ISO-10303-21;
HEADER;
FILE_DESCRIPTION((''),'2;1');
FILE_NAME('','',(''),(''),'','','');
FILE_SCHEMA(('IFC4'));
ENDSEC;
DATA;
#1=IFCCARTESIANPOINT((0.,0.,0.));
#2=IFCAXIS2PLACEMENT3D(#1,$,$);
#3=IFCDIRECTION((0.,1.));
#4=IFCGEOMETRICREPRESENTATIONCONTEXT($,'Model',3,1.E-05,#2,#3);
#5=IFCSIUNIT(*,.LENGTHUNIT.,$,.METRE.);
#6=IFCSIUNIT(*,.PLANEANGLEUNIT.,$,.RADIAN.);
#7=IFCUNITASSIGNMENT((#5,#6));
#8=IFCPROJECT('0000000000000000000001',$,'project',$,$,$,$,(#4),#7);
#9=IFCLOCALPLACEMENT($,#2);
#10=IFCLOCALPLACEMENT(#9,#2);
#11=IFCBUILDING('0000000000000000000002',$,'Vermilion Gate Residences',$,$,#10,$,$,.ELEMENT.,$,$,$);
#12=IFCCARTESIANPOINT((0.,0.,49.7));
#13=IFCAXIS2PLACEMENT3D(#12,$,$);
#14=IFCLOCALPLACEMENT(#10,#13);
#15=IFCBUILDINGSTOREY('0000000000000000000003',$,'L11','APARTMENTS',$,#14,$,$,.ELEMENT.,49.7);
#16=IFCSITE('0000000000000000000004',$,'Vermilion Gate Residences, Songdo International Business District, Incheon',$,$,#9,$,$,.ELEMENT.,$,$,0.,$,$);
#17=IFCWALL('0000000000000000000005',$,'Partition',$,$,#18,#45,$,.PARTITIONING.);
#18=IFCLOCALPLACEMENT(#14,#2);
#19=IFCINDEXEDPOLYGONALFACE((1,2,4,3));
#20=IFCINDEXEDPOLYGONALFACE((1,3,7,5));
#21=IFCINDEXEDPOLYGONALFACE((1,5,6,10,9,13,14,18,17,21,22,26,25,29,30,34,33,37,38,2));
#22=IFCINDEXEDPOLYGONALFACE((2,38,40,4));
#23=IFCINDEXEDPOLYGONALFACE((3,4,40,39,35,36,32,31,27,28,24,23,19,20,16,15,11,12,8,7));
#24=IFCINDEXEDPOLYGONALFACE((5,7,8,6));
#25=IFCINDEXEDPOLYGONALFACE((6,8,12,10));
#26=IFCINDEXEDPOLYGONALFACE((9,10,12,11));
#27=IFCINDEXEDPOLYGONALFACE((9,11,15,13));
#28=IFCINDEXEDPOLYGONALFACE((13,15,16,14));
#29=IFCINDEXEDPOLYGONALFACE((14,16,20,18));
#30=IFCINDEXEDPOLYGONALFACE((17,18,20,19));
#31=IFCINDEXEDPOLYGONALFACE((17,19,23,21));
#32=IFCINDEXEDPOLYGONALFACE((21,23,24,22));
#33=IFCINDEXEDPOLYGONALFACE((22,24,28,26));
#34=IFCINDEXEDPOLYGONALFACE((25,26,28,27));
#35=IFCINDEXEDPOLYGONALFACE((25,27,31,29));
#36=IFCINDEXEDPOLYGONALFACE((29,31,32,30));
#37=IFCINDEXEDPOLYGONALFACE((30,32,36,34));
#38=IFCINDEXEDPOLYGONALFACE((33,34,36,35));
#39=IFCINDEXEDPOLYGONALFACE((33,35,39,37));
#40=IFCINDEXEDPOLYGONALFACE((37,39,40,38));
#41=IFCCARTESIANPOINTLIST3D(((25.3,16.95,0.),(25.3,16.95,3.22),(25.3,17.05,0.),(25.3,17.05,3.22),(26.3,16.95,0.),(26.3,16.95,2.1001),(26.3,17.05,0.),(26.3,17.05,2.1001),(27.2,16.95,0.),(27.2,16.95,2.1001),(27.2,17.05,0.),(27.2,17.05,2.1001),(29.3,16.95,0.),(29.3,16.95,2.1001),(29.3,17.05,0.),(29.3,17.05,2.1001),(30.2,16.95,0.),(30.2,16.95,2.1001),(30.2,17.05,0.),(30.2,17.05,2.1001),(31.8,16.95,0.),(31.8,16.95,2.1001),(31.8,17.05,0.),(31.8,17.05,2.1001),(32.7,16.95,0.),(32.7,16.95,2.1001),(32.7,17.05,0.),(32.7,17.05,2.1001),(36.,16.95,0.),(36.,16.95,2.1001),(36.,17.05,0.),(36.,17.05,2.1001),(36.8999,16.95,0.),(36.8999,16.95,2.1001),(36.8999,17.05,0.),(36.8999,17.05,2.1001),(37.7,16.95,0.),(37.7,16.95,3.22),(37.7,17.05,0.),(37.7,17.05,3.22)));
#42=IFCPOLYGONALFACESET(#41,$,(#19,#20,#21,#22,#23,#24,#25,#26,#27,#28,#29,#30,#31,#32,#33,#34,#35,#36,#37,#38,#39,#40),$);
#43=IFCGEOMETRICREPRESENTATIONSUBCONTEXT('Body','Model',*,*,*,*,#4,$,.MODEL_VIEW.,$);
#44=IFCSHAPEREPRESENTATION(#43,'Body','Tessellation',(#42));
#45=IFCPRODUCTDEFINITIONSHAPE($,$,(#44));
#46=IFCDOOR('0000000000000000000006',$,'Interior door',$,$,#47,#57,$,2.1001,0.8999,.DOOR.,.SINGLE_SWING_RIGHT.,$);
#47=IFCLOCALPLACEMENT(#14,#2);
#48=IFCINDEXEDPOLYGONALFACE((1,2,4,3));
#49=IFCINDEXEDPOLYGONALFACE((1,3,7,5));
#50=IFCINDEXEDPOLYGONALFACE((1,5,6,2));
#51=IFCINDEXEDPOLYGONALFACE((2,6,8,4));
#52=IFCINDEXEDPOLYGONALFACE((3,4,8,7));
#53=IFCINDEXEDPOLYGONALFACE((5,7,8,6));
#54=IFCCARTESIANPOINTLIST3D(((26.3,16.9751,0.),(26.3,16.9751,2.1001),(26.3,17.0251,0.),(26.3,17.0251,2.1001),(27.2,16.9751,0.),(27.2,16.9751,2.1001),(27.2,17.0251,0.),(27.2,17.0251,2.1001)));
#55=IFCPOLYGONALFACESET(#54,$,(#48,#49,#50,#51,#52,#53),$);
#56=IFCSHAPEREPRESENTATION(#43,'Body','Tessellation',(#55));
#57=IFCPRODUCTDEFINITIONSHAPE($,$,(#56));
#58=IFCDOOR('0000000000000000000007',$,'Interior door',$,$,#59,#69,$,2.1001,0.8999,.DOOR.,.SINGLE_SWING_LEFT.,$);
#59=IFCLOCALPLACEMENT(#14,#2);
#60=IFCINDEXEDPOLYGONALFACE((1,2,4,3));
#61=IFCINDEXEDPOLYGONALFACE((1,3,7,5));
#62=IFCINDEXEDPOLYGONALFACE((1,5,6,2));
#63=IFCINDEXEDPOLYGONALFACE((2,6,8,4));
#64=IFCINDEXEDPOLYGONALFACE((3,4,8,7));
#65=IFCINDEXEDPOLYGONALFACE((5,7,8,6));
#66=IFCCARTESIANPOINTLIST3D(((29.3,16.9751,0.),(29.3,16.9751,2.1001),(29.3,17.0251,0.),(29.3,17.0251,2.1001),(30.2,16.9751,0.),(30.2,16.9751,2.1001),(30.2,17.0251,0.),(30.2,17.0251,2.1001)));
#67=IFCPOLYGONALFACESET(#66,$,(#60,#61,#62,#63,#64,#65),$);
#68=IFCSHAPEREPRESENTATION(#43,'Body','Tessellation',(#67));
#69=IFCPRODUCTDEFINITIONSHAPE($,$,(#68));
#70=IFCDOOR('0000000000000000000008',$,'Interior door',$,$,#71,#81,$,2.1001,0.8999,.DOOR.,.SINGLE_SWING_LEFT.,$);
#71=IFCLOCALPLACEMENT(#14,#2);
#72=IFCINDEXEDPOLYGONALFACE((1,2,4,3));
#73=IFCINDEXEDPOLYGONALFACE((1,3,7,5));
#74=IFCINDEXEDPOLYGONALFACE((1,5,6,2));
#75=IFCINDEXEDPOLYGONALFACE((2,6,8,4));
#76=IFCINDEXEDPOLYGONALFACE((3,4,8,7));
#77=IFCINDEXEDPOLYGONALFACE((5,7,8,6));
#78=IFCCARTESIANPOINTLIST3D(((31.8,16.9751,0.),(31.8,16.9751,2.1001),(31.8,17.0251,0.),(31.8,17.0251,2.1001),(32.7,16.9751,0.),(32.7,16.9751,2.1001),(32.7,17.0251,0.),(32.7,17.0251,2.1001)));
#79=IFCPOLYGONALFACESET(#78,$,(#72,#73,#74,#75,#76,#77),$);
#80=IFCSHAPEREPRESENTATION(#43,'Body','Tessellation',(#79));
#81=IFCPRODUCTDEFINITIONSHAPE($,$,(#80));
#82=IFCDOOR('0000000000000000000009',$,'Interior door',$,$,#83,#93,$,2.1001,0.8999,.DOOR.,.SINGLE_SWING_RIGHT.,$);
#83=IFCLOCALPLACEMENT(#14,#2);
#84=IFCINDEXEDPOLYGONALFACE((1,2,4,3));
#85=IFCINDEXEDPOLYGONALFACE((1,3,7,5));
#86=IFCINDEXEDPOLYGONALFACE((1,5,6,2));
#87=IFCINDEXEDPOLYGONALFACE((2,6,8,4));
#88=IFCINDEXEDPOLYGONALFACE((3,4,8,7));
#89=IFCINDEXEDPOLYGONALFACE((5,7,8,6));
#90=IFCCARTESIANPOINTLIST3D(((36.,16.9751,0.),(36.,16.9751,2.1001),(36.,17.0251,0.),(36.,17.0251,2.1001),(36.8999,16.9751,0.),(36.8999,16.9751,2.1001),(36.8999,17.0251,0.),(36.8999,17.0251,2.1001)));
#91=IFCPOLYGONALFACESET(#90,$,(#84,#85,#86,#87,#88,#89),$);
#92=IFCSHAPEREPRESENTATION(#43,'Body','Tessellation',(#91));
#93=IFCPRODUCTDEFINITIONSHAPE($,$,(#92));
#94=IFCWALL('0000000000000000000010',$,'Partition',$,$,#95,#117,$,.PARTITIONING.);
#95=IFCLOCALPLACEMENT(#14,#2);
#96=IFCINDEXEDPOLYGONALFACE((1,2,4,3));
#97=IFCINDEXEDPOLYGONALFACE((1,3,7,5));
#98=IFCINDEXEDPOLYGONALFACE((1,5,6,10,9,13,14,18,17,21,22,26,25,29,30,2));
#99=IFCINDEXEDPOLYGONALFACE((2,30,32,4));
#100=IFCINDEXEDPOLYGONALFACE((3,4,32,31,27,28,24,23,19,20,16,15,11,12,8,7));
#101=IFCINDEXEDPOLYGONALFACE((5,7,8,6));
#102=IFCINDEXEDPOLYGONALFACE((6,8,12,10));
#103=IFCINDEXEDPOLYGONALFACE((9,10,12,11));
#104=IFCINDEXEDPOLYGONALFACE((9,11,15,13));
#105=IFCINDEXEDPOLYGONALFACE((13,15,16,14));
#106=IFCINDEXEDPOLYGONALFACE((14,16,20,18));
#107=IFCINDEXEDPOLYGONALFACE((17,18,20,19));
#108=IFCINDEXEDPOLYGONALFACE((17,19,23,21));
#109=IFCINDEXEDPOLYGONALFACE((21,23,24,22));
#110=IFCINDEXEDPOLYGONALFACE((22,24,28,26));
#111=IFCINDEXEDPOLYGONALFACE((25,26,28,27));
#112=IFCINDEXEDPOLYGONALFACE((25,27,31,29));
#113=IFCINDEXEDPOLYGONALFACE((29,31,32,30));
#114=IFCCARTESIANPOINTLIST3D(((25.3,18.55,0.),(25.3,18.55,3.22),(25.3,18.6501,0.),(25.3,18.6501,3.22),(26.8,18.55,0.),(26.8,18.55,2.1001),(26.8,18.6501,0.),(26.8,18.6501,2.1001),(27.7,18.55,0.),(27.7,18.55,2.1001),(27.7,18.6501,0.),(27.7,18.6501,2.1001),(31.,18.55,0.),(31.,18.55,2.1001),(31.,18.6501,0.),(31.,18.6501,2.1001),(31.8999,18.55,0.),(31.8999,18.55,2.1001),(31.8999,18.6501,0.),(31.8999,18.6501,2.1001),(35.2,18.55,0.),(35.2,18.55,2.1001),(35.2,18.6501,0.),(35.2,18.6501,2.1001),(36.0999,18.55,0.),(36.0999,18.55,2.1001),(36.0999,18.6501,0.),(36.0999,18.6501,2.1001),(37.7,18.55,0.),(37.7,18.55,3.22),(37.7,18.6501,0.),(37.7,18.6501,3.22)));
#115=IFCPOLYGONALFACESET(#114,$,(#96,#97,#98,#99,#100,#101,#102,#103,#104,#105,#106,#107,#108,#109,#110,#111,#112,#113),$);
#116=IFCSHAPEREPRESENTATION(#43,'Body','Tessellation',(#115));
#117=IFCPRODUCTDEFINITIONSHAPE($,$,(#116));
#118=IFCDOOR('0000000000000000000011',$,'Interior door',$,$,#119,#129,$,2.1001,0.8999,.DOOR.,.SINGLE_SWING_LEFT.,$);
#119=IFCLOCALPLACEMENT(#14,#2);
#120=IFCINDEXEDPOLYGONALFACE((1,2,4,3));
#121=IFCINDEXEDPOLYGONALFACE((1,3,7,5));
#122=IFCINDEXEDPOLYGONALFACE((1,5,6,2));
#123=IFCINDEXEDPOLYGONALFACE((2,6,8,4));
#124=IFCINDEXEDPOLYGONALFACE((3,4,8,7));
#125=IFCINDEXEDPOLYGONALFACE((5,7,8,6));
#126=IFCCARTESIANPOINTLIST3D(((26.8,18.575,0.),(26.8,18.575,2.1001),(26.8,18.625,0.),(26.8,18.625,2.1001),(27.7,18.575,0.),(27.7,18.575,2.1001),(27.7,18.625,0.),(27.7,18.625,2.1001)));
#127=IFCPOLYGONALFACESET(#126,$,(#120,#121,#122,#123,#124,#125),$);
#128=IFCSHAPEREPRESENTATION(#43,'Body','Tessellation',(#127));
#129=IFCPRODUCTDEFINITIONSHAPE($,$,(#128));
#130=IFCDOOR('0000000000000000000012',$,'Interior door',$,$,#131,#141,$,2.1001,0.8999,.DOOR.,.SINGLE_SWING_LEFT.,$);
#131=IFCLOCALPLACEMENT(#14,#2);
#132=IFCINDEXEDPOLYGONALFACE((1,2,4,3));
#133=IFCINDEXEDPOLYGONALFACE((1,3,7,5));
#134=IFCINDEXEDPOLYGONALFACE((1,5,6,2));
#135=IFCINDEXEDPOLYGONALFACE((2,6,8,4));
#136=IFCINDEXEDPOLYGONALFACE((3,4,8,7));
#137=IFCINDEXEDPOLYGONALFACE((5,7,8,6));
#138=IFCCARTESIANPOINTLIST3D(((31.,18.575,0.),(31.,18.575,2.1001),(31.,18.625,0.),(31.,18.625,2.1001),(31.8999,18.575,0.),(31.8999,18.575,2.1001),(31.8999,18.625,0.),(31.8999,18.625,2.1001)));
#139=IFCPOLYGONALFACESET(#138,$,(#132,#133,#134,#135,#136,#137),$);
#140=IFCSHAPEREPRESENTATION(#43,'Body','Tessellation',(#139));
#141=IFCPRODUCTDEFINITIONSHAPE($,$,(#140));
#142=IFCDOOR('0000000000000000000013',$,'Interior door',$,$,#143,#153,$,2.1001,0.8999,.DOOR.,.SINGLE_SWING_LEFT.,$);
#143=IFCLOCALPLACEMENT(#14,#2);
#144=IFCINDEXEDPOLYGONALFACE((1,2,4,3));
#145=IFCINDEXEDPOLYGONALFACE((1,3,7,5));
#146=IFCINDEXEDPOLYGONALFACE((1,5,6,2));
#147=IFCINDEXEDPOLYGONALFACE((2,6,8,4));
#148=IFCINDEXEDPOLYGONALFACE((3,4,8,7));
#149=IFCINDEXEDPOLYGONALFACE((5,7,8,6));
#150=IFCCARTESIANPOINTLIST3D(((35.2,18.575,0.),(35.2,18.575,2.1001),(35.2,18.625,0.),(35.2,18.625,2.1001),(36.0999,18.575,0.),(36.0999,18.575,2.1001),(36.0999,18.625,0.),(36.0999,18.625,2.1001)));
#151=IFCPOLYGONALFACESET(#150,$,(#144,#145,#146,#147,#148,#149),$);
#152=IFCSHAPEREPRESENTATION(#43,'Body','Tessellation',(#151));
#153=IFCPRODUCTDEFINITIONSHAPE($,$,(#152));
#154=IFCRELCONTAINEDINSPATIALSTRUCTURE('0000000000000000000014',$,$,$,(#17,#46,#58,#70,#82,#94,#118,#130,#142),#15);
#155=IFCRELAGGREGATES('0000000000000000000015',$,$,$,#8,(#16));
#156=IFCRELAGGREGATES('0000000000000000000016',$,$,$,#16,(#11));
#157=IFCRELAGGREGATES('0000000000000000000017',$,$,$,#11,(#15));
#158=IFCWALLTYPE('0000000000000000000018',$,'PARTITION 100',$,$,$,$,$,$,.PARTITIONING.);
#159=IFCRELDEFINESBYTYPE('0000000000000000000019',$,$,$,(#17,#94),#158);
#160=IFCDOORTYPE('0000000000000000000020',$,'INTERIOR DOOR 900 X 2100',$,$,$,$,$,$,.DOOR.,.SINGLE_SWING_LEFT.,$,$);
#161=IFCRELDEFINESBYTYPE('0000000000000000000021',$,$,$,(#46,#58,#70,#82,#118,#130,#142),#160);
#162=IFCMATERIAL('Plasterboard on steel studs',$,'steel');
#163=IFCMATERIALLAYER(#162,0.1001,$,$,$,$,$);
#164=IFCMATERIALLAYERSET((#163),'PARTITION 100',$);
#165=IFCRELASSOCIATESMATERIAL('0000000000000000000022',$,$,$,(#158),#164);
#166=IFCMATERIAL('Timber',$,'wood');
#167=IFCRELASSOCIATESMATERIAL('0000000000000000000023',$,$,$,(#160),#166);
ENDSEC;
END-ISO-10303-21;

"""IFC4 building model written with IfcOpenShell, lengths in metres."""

from ifc_helpers import new_model, si_unit, direction, frame, frame_2d, origin, place, context, subcontext, project, spatial, rectangle, extrude, material, layer, layer_set, type_object, element, fill, save


model = new_model("IFC4")

# Units and contexts
model_context = context("Model", 3, precision=1e-05, world=origin(), true_north=direction((0.0, 1.0)))
body_context = subcontext(model_context, "Body", "Model", "MODEL_VIEW")
ifc_project = project(units=[si_unit("LENGTHUNIT", "METRE"), si_unit("PLANEANGLEUNIT", "RADIAN")], contexts=[model_context])

# Site, building, storey
site_placement = place(None, origin())
site = spatial("IfcSite", under=ifc_project, at=site_placement, Name="Vermilion Gate Residences, Songdo International Business District, Incheon", CompositionType="ELEMENT", RefElevation=0.0)
building_placement = place(site_placement, origin())
building = spatial("IfcBuilding", under=site, at=building_placement, Name="Vermilion Gate Residences", CompositionType="ELEMENT")
storey_placement = place(building_placement, frame((0.0, 0.0, 49.7)))
storey = spatial("IfcBuildingStorey", under=building, at=storey_placement, Name="L11", Description="APARTMENTS", CompositionType="ELEMENT", Elevation=49.7)

# Walls, openings, doors
ifc_material_1 = material(Name="Plasterboard on steel studs", Category="steel")
ifc_layer_1 = layer(ifc_material_1, 0.1001)
ifc_layer_set_1 = layer_set([ifc_layer_1], Name="PARTITION 100")
wall_type_1 = type_object("IfcWallType", Name="PARTITION 100", PredefinedType="PARTITIONING", material=ifc_layer_set_1)
wall_1_placement = place(storey_placement, frame((25.3, 17.0, 0.0), z_axis=(0.0, 0.0, 1.0), x_axis=(1.0, 0.0, 0.0)))
wall_1 = element("IfcWall", 1, at=wall_1_placement, inside=storey, type_object=wall_type_1, Name="Partition", PredefinedType="PARTITIONING", context=body_context, shape_type="SweptSolid", body=[
    extrude(rectangle(XDim=12.3999, YDim=0.1001, at=frame_2d((6.2, 0.0))), origin(), (0.0, 0.0, 1.0), 3.22),
])
opening_1_placement = place(wall_1_placement, frame((1.0, 0.0, 0.0)))
opening_1 = element("IfcOpeningElement", 2, at=opening_1_placement, cuts=wall_1, PredefinedType="OPENING", context=body_context, shape_type="SweptSolid", body=[
    extrude(rectangle(XDim=0.8999, YDim=2.1001, at=frame_2d((0.45, 1.05))), frame((0.0, 0.0601, 0.0), z_axis=(0.0, -1.0, 0.0), x_axis=(1.0, 0.0, 0.0)), (0.0, 0.0, 1.0), 0.1201),
])
opening_2_placement = place(wall_1_placement, frame((4.0, 0.0, 0.0)))
opening_2 = element("IfcOpeningElement", 3, at=opening_2_placement, cuts=wall_1, PredefinedType="OPENING", context=body_context, shape_type="SweptSolid", body=[
    extrude(rectangle(XDim=0.8999, YDim=2.1001, at=frame_2d((0.45, 1.05))), frame((0.0, 0.0601, 0.0), z_axis=(0.0, -1.0, 0.0), x_axis=(1.0, 0.0, 0.0)), (0.0, 0.0, 1.0), 0.1201),
])
opening_3_placement = place(wall_1_placement, frame((6.5, 0.0, 0.0)))
opening_3 = element("IfcOpeningElement", 4, at=opening_3_placement, cuts=wall_1, PredefinedType="OPENING", context=body_context, shape_type="SweptSolid", body=[
    extrude(rectangle(XDim=0.8999, YDim=2.1001, at=frame_2d((0.45, 1.05))), frame((0.0, 0.0601, 0.0), z_axis=(0.0, -1.0, 0.0), x_axis=(1.0, 0.0, 0.0)), (0.0, 0.0, 1.0), 0.1201),
])
opening_4_placement = place(wall_1_placement, frame((10.7, 0.0, 0.0)))
opening_4 = element("IfcOpeningElement", 5, at=opening_4_placement, cuts=wall_1, PredefinedType="OPENING", context=body_context, shape_type="SweptSolid", body=[
    extrude(rectangle(XDim=0.8999, YDim=2.1001, at=frame_2d((0.45, 1.05))), frame((0.0, 0.0601, 0.0), z_axis=(0.0, -1.0, 0.0), x_axis=(1.0, 0.0, 0.0)), (0.0, 0.0, 1.0), 0.1201),
])
ifc_material_2 = material(Name="Timber", Category="wood")
door_type_1 = type_object("IfcDoorType", Name="INTERIOR DOOR 900 X 2100", OperationType="SINGLE_SWING_LEFT", PredefinedType="DOOR", material=ifc_material_2)
door_1_placement = place(opening_1_placement, frame((0.8999, 0.0, 0.0), z_axis=(0.0, 0.0, 1.0), x_axis=(-1.0, 0.0, 0.0)))
door_1 = element("IfcDoor", 6, at=door_1_placement, inside=storey, type_object=door_type_1, Name="Interior door", OperationType="SINGLE_SWING_RIGHT", OverallHeight=2.1001, OverallWidth=0.8999, PredefinedType="DOOR", context=body_context, shape_type="SweptSolid", body=[
    extrude(rectangle(XDim=0.8999, YDim=2.1001, at=frame_2d((0.45, 1.05))), frame((0.0, 0.0249, 0.0), z_axis=(0.0, -1.0, 0.0), x_axis=(1.0, 0.0, 0.0)), (0.0, 0.0, 1.0), 0.05),
])
fill(opening_1, door_1)
door_2_placement = place(opening_2_placement, frame((0.8999, 0.0, 0.0), z_axis=(0.0, 0.0, 1.0), x_axis=(-1.0, 0.0, 0.0)))
door_2 = element("IfcDoor", 7, at=door_2_placement, inside=storey, type_object=door_type_1, Name="Interior door", OperationType="SINGLE_SWING_LEFT", OverallHeight=2.1001, OverallWidth=0.8999, PredefinedType="DOOR", context=body_context, shape_type="SweptSolid", body=[
    extrude(rectangle(XDim=0.8999, YDim=2.1001, at=frame_2d((0.45, 1.05))), frame((0.0, 0.0249, 0.0), z_axis=(0.0, -1.0, 0.0), x_axis=(1.0, 0.0, 0.0)), (0.0, 0.0, 1.0), 0.05),
])
fill(opening_2, door_2)
door_3_placement = place(opening_3_placement, frame((0.8999, 0.0, 0.0), z_axis=(0.0, 0.0, 1.0), x_axis=(-1.0, 0.0, 0.0)))
door_3 = element("IfcDoor", 8, at=door_3_placement, inside=storey, type_object=door_type_1, Name="Interior door", OperationType="SINGLE_SWING_LEFT", OverallHeight=2.1001, OverallWidth=0.8999, PredefinedType="DOOR", context=body_context, shape_type="SweptSolid", body=[
    extrude(rectangle(XDim=0.8999, YDim=2.1001, at=frame_2d((0.45, 1.05))), frame((0.0, 0.0249, 0.0), z_axis=(0.0, -1.0, 0.0), x_axis=(1.0, 0.0, 0.0)), (0.0, 0.0, 1.0), 0.05),
])
fill(opening_3, door_3)
door_4_placement = place(opening_4_placement, frame((0.8999, 0.0, 0.0), z_axis=(0.0, 0.0, 1.0), x_axis=(-1.0, 0.0, 0.0)))
door_4 = element("IfcDoor", 9, at=door_4_placement, inside=storey, type_object=door_type_1, Name="Interior door", OperationType="SINGLE_SWING_RIGHT", OverallHeight=2.1001, OverallWidth=0.8999, PredefinedType="DOOR", context=body_context, shape_type="SweptSolid", body=[
    extrude(rectangle(XDim=0.8999, YDim=2.1001, at=frame_2d((0.45, 1.05))), frame((0.0, 0.0249, 0.0), z_axis=(0.0, -1.0, 0.0), x_axis=(1.0, 0.0, 0.0)), (0.0, 0.0, 1.0), 0.05),
])
fill(opening_4, door_4)
wall_2_placement = place(storey_placement, frame((25.3, 18.6001, 0.0), z_axis=(0.0, 0.0, 1.0), x_axis=(1.0, 0.0, 0.0)))
wall_2 = element("IfcWall", 10, at=wall_2_placement, inside=storey, type_object=wall_type_1, Name="Partition", PredefinedType="PARTITIONING", context=body_context, shape_type="SweptSolid", body=[
    extrude(rectangle(XDim=12.3999, YDim=0.1001, at=frame_2d((6.2, 0.0))), origin(), (0.0, 0.0, 1.0), 3.22),
])
opening_5_placement = place(wall_2_placement, frame((1.5, 0.0, 0.0)))
opening_5 = element("IfcOpeningElement", 11, at=opening_5_placement, cuts=wall_2, PredefinedType="OPENING", context=body_context, shape_type="SweptSolid", body=[
    extrude(rectangle(XDim=0.8999, YDim=2.1001, at=frame_2d((0.45, 1.05))), frame((0.0, 0.0601, 0.0), z_axis=(0.0, -1.0, 0.0), x_axis=(1.0, 0.0, 0.0)), (0.0, 0.0, 1.0), 0.1201),
])
opening_6_placement = place(wall_2_placement, frame((5.7, 0.0, 0.0)))
opening_6 = element("IfcOpeningElement", 12, at=opening_6_placement, cuts=wall_2, PredefinedType="OPENING", context=body_context, shape_type="SweptSolid", body=[
    extrude(rectangle(XDim=0.8999, YDim=2.1001, at=frame_2d((0.45, 1.05))), frame((0.0, 0.0601, 0.0), z_axis=(0.0, -1.0, 0.0), x_axis=(1.0, 0.0, 0.0)), (0.0, 0.0, 1.0), 0.1201),
])
opening_7_placement = place(wall_2_placement, frame((9.8999, 0.0, 0.0)))
opening_7 = element("IfcOpeningElement", 13, at=opening_7_placement, cuts=wall_2, PredefinedType="OPENING", context=body_context, shape_type="SweptSolid", body=[
    extrude(rectangle(XDim=0.8999, YDim=2.1001, at=frame_2d((0.45, 1.05))), frame((0.0, 0.0601, 0.0), z_axis=(0.0, -1.0, 0.0), x_axis=(1.0, 0.0, 0.0)), (0.0, 0.0, 1.0), 0.1201),
])
door_5_placement = place(opening_5_placement, origin())
door_5 = element("IfcDoor", 14, at=door_5_placement, inside=storey, type_object=door_type_1, Name="Interior door", OperationType="SINGLE_SWING_LEFT", OverallHeight=2.1001, OverallWidth=0.8999, PredefinedType="DOOR", context=body_context, shape_type="SweptSolid", body=[
    extrude(rectangle(XDim=0.8999, YDim=2.1001, at=frame_2d((0.45, 1.05))), frame((0.0, 0.0249, 0.0), z_axis=(0.0, -1.0, 0.0), x_axis=(1.0, 0.0, 0.0)), (0.0, 0.0, 1.0), 0.05),
])
fill(opening_5, door_5)
door_6_placement = place(opening_6_placement, origin())
door_6 = element("IfcDoor", 15, at=door_6_placement, inside=storey, type_object=door_type_1, Name="Interior door", OperationType="SINGLE_SWING_LEFT", OverallHeight=2.1001, OverallWidth=0.8999, PredefinedType="DOOR", context=body_context, shape_type="SweptSolid", body=[
    extrude(rectangle(XDim=0.8999, YDim=2.1001, at=frame_2d((0.45, 1.05))), frame((0.0, 0.0249, 0.0), z_axis=(0.0, -1.0, 0.0), x_axis=(1.0, 0.0, 0.0)), (0.0, 0.0, 1.0), 0.05),
])
fill(opening_6, door_6)
door_7_placement = place(opening_7_placement, origin())
door_7 = element("IfcDoor", 16, at=door_7_placement, inside=storey, type_object=door_type_1, Name="Interior door", OperationType="SINGLE_SWING_LEFT", OverallHeight=2.1001, OverallWidth=0.8999, PredefinedType="DOOR", context=body_context, shape_type="SweptSolid", body=[
    extrude(rectangle(XDim=0.8999, YDim=2.1001, at=frame_2d((0.45, 1.05))), frame((0.0, 0.0249, 0.0), z_axis=(0.0, -1.0, 0.0), x_axis=(1.0, 0.0, 0.0)), (0.0, 0.0, 1.0), 0.05),
])
fill(opening_7, door_7)

save(model, "model.ifc")
